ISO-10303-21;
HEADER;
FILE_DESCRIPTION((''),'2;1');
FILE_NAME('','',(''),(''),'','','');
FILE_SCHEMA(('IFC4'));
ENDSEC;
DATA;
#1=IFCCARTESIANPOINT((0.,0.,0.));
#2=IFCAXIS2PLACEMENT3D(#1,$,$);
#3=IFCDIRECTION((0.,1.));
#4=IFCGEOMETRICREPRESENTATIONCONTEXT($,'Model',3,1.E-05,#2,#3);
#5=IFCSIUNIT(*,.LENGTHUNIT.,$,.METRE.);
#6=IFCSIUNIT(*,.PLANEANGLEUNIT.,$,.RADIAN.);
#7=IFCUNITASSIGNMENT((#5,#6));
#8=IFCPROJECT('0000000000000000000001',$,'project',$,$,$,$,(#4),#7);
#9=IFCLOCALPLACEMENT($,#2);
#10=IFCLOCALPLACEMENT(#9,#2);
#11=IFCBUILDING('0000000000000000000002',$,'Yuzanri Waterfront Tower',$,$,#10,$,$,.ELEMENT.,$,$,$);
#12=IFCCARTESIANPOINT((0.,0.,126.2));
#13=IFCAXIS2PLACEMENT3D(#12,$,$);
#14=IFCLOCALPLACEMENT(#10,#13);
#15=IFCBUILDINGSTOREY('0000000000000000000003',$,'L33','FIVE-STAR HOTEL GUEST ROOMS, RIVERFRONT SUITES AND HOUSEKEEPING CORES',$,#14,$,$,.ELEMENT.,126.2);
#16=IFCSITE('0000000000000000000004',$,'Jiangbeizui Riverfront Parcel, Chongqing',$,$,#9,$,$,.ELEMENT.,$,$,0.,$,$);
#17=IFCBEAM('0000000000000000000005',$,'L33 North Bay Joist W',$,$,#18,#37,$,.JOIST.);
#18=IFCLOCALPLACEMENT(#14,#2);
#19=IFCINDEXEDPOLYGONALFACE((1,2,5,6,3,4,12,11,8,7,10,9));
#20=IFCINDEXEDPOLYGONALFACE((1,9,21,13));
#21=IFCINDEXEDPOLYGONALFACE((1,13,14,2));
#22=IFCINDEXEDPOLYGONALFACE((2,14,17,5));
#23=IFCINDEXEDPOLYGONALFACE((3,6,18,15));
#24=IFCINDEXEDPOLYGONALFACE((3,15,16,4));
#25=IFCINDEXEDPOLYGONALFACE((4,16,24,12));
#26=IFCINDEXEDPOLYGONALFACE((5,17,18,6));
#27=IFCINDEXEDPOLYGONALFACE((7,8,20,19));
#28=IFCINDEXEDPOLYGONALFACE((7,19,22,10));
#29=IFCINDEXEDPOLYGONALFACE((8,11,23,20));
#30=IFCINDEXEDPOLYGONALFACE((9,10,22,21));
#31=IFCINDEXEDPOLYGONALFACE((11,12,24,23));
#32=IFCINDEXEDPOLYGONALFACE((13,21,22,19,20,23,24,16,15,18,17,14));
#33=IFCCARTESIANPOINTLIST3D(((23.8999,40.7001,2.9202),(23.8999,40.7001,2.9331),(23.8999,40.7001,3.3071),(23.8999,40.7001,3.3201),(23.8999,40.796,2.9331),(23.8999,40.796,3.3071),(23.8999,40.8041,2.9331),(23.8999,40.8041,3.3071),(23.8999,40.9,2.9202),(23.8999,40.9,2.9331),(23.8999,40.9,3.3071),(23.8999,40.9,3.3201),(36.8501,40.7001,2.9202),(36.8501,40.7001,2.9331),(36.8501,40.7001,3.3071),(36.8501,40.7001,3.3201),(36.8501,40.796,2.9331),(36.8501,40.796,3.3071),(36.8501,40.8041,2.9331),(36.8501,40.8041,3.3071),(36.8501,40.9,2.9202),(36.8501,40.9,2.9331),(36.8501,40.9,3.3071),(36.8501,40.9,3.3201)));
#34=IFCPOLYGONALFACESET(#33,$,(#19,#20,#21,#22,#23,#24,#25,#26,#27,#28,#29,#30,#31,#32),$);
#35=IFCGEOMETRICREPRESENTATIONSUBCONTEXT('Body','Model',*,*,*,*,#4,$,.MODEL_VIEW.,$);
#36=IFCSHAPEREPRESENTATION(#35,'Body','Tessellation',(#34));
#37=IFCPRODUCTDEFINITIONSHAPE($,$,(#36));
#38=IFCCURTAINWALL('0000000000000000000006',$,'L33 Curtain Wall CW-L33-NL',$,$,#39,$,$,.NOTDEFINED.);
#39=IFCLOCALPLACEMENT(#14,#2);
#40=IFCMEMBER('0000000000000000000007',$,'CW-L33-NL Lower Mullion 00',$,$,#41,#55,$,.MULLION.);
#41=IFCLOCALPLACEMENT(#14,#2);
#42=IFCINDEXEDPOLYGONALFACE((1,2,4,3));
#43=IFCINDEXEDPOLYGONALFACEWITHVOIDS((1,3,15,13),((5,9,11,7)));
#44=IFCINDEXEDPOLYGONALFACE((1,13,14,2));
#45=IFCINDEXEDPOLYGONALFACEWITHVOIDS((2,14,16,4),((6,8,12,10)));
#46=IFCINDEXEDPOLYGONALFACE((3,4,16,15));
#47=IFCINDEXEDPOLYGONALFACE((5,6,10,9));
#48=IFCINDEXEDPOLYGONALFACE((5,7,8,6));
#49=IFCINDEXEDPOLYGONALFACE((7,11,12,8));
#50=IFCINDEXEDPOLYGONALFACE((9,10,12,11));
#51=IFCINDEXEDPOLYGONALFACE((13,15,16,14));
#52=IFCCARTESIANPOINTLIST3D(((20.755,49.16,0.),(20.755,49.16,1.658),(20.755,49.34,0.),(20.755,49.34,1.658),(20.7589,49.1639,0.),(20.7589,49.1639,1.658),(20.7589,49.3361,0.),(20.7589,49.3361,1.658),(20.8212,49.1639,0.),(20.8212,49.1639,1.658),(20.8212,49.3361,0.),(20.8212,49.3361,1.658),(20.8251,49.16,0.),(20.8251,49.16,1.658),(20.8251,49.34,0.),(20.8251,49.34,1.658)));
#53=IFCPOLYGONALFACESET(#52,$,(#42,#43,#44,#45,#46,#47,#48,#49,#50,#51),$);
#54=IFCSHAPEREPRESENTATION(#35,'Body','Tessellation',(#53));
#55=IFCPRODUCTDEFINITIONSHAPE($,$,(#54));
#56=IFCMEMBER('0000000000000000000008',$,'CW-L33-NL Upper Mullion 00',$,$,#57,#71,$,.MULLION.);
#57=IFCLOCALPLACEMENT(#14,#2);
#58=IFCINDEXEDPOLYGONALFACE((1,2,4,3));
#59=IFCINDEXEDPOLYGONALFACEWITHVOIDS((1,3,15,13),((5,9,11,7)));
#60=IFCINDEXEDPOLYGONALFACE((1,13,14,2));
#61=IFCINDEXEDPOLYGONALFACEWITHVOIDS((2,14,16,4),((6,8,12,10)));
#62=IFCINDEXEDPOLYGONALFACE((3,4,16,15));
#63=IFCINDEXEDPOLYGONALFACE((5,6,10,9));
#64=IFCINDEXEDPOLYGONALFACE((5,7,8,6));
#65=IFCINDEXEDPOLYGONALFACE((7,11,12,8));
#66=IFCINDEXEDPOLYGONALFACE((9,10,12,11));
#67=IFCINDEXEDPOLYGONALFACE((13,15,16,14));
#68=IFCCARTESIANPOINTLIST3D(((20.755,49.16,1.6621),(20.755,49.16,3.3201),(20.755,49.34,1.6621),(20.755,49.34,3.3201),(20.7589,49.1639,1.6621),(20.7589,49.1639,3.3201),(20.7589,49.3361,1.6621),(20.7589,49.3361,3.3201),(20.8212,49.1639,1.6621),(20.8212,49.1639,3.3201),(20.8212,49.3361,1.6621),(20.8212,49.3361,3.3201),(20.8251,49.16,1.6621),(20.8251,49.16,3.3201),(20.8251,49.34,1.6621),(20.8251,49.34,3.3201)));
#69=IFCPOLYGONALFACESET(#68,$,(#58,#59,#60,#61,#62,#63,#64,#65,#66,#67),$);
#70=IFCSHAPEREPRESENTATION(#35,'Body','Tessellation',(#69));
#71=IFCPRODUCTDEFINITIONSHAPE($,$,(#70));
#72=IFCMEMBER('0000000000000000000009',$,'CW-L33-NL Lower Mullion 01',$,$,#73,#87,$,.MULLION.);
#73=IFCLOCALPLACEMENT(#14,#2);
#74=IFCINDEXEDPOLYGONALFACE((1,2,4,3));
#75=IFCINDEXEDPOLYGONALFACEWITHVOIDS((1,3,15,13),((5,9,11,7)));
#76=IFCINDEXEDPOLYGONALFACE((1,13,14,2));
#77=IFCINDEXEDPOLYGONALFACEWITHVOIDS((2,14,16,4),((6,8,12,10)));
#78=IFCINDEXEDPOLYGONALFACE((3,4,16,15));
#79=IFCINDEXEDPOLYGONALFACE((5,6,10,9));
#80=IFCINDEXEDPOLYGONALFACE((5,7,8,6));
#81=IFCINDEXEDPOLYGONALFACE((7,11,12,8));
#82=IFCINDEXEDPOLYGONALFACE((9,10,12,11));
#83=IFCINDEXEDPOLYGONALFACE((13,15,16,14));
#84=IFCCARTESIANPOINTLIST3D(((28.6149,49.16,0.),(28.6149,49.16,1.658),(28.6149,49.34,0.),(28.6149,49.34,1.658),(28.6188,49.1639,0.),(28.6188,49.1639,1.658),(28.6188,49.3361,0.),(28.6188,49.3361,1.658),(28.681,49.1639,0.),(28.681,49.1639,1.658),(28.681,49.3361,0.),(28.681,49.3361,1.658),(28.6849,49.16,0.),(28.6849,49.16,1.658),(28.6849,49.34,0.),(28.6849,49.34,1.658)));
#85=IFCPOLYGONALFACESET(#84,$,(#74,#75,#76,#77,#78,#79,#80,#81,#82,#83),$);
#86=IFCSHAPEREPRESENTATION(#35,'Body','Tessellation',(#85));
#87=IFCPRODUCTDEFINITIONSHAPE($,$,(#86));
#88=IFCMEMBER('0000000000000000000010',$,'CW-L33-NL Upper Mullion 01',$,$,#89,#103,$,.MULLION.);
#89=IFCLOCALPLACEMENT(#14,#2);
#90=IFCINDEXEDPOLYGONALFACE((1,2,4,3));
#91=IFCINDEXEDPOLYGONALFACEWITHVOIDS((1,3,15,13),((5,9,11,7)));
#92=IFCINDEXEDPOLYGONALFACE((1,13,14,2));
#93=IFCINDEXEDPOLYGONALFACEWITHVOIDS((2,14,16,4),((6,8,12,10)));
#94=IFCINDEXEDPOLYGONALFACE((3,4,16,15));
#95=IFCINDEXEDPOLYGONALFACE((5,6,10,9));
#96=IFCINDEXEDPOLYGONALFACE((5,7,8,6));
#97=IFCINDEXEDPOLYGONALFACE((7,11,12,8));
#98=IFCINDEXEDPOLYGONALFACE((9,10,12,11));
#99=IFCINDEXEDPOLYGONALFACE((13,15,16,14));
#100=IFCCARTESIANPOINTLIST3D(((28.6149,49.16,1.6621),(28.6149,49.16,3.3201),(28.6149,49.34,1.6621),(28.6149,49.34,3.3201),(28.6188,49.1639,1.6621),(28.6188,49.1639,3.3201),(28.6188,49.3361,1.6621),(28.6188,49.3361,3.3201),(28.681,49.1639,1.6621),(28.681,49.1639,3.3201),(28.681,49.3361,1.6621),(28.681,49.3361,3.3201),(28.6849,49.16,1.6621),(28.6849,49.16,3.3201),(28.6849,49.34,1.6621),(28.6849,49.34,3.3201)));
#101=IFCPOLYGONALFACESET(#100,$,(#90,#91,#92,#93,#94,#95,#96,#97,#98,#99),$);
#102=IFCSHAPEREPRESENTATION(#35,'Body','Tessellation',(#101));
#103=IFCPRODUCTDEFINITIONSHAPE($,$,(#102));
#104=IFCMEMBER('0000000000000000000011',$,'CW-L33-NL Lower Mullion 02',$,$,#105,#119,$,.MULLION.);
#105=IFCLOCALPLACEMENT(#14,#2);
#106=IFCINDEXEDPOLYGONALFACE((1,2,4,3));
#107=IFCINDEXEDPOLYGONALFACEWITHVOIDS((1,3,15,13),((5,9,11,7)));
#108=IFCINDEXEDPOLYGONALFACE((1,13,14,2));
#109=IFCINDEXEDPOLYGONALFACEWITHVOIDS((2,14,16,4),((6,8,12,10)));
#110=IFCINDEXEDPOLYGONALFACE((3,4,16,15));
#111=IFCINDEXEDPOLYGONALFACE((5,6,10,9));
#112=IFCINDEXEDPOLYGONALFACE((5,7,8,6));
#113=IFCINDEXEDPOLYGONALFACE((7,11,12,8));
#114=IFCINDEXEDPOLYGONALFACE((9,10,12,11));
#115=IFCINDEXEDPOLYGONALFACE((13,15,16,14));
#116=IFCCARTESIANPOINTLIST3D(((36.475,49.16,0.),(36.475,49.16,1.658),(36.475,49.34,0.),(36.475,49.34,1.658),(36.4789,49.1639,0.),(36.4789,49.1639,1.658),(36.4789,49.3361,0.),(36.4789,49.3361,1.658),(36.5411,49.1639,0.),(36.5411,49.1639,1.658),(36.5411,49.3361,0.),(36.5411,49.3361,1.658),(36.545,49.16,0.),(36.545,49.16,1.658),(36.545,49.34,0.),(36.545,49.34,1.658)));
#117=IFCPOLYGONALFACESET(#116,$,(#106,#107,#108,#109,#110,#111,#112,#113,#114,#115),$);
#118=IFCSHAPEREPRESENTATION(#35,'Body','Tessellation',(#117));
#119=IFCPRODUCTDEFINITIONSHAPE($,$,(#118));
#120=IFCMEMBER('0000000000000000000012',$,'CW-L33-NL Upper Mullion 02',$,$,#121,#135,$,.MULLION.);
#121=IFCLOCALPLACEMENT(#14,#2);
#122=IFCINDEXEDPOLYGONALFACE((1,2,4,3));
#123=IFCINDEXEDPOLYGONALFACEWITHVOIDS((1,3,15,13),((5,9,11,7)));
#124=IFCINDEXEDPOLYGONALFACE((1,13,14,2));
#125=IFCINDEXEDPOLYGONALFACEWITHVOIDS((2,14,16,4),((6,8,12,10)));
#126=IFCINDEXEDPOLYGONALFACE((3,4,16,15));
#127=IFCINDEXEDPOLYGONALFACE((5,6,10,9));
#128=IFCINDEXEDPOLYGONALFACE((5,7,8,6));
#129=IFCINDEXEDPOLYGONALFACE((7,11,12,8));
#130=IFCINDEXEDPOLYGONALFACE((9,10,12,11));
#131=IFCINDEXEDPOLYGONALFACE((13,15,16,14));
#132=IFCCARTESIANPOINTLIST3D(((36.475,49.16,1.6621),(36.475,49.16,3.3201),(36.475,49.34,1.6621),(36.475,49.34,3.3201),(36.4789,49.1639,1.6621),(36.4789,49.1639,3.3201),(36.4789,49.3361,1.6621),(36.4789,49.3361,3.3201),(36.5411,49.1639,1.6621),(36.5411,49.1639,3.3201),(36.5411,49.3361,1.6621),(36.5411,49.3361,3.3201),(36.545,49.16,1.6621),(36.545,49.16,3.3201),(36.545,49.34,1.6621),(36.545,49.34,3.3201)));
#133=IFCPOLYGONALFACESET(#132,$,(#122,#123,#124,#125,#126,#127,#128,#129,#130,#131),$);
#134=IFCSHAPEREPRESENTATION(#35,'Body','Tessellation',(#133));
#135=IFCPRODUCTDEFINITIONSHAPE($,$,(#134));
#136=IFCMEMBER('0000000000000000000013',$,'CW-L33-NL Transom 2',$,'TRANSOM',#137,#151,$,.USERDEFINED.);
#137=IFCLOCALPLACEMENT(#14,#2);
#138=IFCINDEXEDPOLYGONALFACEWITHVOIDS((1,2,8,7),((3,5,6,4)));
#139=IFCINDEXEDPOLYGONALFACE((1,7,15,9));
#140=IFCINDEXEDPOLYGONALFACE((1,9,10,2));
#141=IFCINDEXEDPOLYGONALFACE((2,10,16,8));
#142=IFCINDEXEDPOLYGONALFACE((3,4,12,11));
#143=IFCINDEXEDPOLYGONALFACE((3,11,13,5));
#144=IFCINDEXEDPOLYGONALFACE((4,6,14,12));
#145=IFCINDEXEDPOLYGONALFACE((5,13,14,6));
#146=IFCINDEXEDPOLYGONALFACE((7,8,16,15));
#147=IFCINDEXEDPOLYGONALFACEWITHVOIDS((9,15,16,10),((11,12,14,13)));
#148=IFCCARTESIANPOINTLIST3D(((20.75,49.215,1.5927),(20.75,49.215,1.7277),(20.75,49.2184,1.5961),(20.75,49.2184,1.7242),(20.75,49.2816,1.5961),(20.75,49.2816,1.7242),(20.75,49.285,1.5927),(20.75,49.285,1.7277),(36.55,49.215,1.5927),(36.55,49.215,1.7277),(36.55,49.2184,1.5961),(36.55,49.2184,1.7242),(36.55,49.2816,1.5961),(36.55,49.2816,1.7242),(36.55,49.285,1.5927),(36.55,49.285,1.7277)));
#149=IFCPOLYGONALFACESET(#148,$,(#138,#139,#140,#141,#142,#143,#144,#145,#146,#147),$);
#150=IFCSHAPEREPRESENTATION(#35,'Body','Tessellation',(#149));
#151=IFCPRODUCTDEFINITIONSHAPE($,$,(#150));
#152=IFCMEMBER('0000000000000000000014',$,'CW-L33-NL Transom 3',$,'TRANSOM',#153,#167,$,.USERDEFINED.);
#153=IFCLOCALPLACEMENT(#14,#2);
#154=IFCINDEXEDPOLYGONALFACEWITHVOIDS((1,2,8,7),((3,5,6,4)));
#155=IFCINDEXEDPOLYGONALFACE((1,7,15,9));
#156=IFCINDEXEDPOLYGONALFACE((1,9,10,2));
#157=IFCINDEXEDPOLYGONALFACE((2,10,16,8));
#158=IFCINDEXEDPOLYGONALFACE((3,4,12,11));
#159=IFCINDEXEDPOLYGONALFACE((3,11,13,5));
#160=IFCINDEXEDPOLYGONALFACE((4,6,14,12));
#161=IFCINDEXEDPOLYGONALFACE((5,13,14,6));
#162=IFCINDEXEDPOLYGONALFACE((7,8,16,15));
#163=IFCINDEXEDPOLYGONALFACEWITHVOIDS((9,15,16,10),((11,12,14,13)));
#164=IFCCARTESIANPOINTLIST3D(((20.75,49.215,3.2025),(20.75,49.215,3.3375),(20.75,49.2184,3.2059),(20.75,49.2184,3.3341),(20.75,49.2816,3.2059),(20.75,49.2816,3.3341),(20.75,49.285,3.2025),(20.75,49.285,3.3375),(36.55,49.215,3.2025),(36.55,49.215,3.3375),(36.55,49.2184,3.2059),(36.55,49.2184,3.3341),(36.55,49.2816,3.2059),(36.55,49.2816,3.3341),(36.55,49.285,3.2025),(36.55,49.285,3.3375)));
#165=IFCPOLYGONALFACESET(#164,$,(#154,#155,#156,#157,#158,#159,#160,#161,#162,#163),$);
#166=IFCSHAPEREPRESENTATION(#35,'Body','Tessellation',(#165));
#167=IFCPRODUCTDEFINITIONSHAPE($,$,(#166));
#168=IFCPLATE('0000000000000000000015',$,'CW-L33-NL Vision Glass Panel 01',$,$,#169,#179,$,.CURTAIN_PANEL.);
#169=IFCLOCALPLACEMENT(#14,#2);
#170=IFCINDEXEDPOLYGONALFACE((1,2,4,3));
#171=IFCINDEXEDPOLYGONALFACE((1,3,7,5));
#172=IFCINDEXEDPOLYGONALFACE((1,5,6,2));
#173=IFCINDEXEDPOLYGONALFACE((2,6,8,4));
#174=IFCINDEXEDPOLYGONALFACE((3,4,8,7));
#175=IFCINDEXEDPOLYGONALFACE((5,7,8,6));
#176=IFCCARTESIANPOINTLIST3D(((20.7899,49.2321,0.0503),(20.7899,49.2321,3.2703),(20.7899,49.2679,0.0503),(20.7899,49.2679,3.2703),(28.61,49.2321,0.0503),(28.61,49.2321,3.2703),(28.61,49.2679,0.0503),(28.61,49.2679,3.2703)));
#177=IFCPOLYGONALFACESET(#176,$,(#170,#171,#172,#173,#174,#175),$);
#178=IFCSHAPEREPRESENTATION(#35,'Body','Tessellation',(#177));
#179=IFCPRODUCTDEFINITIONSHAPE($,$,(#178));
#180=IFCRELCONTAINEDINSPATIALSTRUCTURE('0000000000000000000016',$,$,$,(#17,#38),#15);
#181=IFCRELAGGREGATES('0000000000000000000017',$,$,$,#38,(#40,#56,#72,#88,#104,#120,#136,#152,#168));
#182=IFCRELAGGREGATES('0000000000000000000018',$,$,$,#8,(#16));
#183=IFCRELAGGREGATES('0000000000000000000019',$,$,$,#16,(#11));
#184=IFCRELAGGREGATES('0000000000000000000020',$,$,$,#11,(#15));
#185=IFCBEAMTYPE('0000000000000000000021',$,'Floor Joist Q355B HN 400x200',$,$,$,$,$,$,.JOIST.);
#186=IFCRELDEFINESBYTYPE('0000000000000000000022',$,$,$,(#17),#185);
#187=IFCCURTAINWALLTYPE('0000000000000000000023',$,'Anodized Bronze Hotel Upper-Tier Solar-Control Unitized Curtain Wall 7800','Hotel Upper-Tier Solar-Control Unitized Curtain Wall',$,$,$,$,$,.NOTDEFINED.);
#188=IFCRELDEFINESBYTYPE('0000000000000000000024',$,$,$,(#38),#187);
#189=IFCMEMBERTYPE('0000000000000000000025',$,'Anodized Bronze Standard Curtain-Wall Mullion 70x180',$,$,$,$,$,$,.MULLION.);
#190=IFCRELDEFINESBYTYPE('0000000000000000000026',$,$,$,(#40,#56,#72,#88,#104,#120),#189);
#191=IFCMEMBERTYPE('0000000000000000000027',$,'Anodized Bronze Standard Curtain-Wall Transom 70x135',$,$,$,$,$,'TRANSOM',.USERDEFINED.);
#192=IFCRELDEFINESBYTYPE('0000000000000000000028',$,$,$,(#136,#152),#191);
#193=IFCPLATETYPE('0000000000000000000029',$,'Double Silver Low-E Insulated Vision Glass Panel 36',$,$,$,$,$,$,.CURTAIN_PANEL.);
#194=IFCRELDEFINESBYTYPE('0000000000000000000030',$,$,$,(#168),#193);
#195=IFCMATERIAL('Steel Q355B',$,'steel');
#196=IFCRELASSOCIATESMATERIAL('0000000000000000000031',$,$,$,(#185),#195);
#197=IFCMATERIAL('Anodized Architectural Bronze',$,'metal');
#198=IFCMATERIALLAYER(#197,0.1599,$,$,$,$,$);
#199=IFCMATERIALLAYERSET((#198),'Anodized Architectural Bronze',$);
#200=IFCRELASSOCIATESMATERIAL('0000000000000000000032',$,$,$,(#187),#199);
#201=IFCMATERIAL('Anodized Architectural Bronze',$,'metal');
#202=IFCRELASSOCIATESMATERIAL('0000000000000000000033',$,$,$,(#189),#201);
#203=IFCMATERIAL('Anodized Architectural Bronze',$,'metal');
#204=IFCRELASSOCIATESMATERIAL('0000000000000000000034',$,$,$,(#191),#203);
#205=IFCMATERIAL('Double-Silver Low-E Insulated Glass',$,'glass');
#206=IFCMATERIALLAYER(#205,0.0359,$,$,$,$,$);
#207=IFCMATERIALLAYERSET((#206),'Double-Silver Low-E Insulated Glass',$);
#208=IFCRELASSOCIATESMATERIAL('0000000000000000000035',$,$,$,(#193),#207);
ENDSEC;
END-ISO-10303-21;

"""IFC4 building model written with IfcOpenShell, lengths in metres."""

from ifc_helpers import new_model, si_unit, direction, frame, origin, origin_2d, place, context, subcontext, project, spatial, rectangle, hollow_rectangle, i_section, extrude, source, transform, mapped, material, layer, layer_set, material_profile, profile_set, type_object, element, aggregate, save


model = new_model("IFC4")

# Units and contexts
model_context = context("Model", 3, precision=1e-05, world=origin(), true_north=direction((0.0, 1.0)))
body_context = subcontext(model_context, "Body", "Model", "MODEL_VIEW")
ifc_project = project(units=[si_unit("LENGTHUNIT", "METRE"), si_unit("PLANEANGLEUNIT", "RADIAN")], contexts=[model_context])

# Site, building, storey
site_placement = place(None, origin())
site = spatial("IfcSite", under=ifc_project, at=site_placement, Name="Jiangbeizui Riverfront Parcel, Chongqing", CompositionType="ELEMENT", RefElevation=0.0)
building_placement = place(site_placement, origin())
building = spatial("IfcBuilding", under=site, at=building_placement, Name="Yuzanri Waterfront Tower", CompositionType="ELEMENT")
storey_placement = place(building_placement, frame((0.0, 0.0, 126.2)))
storey = spatial("IfcBuildingStorey", under=building, at=storey_placement, Name="L33", Description="FIVE-STAR HOTEL GUEST ROOMS, RIVERFRONT SUITES AND HOUSEKEEPING CORES", CompositionType="ELEMENT", Elevation=126.2)

# Beam
ifc_material_1 = material(Name="Steel Q355B", Category="steel")
ifc_material_profile_1 = material_profile(ifc_material_1, i_section(OverallWidth=0.2, OverallDepth=0.3999, WebThickness=0.0081, FlangeThickness=0.0129, at=origin_2d()), Name="HN 400x200x8x13")
ifc_profile_set_1 = profile_set([ifc_material_profile_1], Name="Steel Q355B")
beam_type = type_object("IfcBeamType", Name="Floor Joist Q355B HN 400x200", PredefinedType="JOIST", material=ifc_profile_set_1)
shared_shape_1 = source(origin(), body_context, "Body", "SweptSolid", [
    extrude(i_section(OverallWidth=0.2, OverallDepth=0.3999, WebThickness=0.0081, FlangeThickness=0.0129, at=origin_2d()), origin(), (0.0, 0.0, 1.0), 12.9502),
])
beam_placement = place(storey_placement, frame((23.8999, 40.8, 3.1201), z_axis=(1.0, 0.0, 0.0), x_axis=(0.0, 1.0, 0.0)))
element("IfcBeam", 1, at=beam_placement, inside=storey, type_object=beam_type, Name="L33 North Bay Joist W", PredefinedType="JOIST", context=body_context, shape_type="MappedRepresentation", body=[
    mapped(shared_shape_1, transform((0.0, 0.0, 0.0), scale=1.0)),
])

# Curtain wall, members, plate
ifc_material_2 = material(Name="Anodized Architectural Bronze", Category="metal")
ifc_layer_1 = layer(ifc_material_2, 0.1599)
ifc_layer_set_1 = layer_set([ifc_layer_1], Name="Anodized Architectural Bronze")
curtain_wall_type = type_object("IfcCurtainWallType", Name="Anodized Bronze Hotel Upper-Tier Solar-Control Unitized Curtain Wall 7800", Description="Hotel Upper-Tier Solar-Control Unitized Curtain Wall", PredefinedType="NOTDEFINED", material=ifc_layer_set_1)
curtain_wall_placement = place(storey_placement, origin())
curtain_wall = element("IfcCurtainWall", 2, at=curtain_wall_placement, inside=storey, type_object=curtain_wall_type, Name="L33 Curtain Wall CW-L33-NL", PredefinedType="NOTDEFINED")
ifc_material_3 = material(Name="Anodized Architectural Bronze", Category="metal")
ifc_material_profile_2 = material_profile(ifc_material_3, hollow_rectangle(XDim=0.0701, YDim=0.1799, WallThickness=0.0039, at=origin_2d()), Name="CWM 70x180")
ifc_profile_set_2 = profile_set([ifc_material_profile_2], Name="Anodized Architectural Bronze")
member_type_1 = type_object("IfcMemberType", Name="Anodized Bronze Standard Curtain-Wall Mullion 70x180", PredefinedType="MULLION", material=ifc_profile_set_2)
shared_shape_2 = source(origin(), body_context, "Body", "SweptSolid", [
    extrude(hollow_rectangle(XDim=0.0701, YDim=0.1799, WallThickness=0.0039, at=origin_2d()), origin(), (0.0, 0.0, 1.0), 1.658),
])
member_1_placement = place(storey_placement, frame((20.79, 49.25, 0.0), z_axis=(0.0, 0.0, 1.0), x_axis=(1.0, 0.0, 0.0)))
member_1 = element("IfcMember", 3, at=member_1_placement, type_object=member_type_1, Name="CW-L33-NL Lower Mullion 00", PredefinedType="MULLION", context=body_context, shape_type="MappedRepresentation", body=[
    mapped(shared_shape_2, transform((0.0, 0.0, 0.0), scale=1.0)),
])
member_2_placement = place(storey_placement, frame((20.79, 49.25, 1.6621), z_axis=(0.0, 0.0, 1.0), x_axis=(1.0, 0.0, 0.0)))
member_2 = element("IfcMember", 4, at=member_2_placement, type_object=member_type_1, Name="CW-L33-NL Upper Mullion 00", PredefinedType="MULLION", context=body_context, shape_type="MappedRepresentation", body=[
    mapped(shared_shape_2, transform((0.0, 0.0, 0.0), scale=1.0)),
])
member_3_placement = place(storey_placement, frame((28.6499, 49.25, 0.0), z_axis=(0.0, 0.0, 1.0), x_axis=(1.0, 0.0, 0.0)))
member_3 = element("IfcMember", 5, at=member_3_placement, type_object=member_type_1, Name="CW-L33-NL Lower Mullion 01", PredefinedType="MULLION", context=body_context, shape_type="MappedRepresentation", body=[
    mapped(shared_shape_2, transform((0.0, 0.0, 0.0), scale=1.0)),
])
member_4_placement = place(storey_placement, frame((28.6499, 49.25, 1.6621), z_axis=(0.0, 0.0, 1.0), x_axis=(1.0, 0.0, 0.0)))
member_4 = element("IfcMember", 6, at=member_4_placement, type_object=member_type_1, Name="CW-L33-NL Upper Mullion 01", PredefinedType="MULLION", context=body_context, shape_type="MappedRepresentation", body=[
    mapped(shared_shape_2, transform((0.0, 0.0, 0.0), scale=1.0)),
])
member_5_placement = place(storey_placement, frame((36.51, 49.25, 0.0), z_axis=(0.0, 0.0, 1.0), x_axis=(1.0, 0.0, 0.0)))
member_5 = element("IfcMember", 7, at=member_5_placement, type_object=member_type_1, Name="CW-L33-NL Lower Mullion 02", PredefinedType="MULLION", context=body_context, shape_type="MappedRepresentation", body=[
    mapped(shared_shape_2, transform((0.0, 0.0, 0.0), scale=1.0)),
])
member_6_placement = place(storey_placement, frame((36.51, 49.25, 1.6621), z_axis=(0.0, 0.0, 1.0), x_axis=(1.0, 0.0, 0.0)))
member_6 = element("IfcMember", 8, at=member_6_placement, type_object=member_type_1, Name="CW-L33-NL Upper Mullion 02", PredefinedType="MULLION", context=body_context, shape_type="MappedRepresentation", body=[
    mapped(shared_shape_2, transform((0.0, 0.0, 0.0), scale=1.0)),
])
ifc_material_4 = material(Name="Anodized Architectural Bronze", Category="metal")
ifc_material_profile_3 = material_profile(ifc_material_4, hollow_rectangle(XDim=0.0701, YDim=0.135, WallThickness=0.0034, at=origin_2d()), Name="CWT 70x135")
ifc_profile_set_3 = profile_set([ifc_material_profile_3], Name="Anodized Architectural Bronze")
member_type_2 = type_object("IfcMemberType", Name="Anodized Bronze Standard Curtain-Wall Transom 70x135", ElementType="TRANSOM", PredefinedType="USERDEFINED", material=ifc_profile_set_3)
shared_shape_3 = source(origin(), body_context, "Body", "SweptSolid", [
    extrude(hollow_rectangle(XDim=0.0701, YDim=0.135, WallThickness=0.0034, at=origin_2d()), origin(), (0.0, 0.0, 1.0), 15.8),
])
member_7_placement = place(storey_placement, frame((20.75, 49.25, 1.6602), z_axis=(1.0, 0.0, 0.0), x_axis=(0.0, 1.0, 0.0)))
member_7 = element("IfcMember", 9, at=member_7_placement, type_object=member_type_2, Name="CW-L33-NL Transom 2", ObjectType="TRANSOM", PredefinedType="USERDEFINED", context=body_context, shape_type="MappedRepresentation", body=[
    mapped(shared_shape_3, transform((0.0, 0.0, 0.0), scale=1.0)),
])
member_8_placement = place(storey_placement, frame((20.75, 49.25, 3.27), z_axis=(1.0, 0.0, 0.0), x_axis=(0.0, 1.0, 0.0)))
member_8 = element("IfcMember", 10, at=member_8_placement, type_object=member_type_2, Name="CW-L33-NL Transom 3", ObjectType="TRANSOM", PredefinedType="USERDEFINED", context=body_context, shape_type="MappedRepresentation", body=[
    mapped(shared_shape_3, transform((0.0, 0.0, 0.0), scale=1.0)),
])
ifc_material_5 = material(Name="Double-Silver Low-E Insulated Glass", Category="glass")
ifc_layer_2 = layer(ifc_material_5, 0.0359)
ifc_layer_set_2 = layer_set([ifc_layer_2], Name="Double-Silver Low-E Insulated Glass")
plate_type = type_object("IfcPlateType", Name="Double Silver Low-E Insulated Vision Glass Panel 36", PredefinedType="CURTAIN_PANEL", material=ifc_layer_set_2)
shared_shape_4 = source(origin(), body_context, "Body", "SweptSolid", [
    extrude(rectangle(XDim=7.8201, YDim=0.0359, at=origin_2d()), origin(), (0.0, 0.0, 1.0), 3.22),
])
plate_1_placement = place(storey_placement, frame((24.7, 49.25, 0.0503), z_axis=(0.0, 0.0, 1.0), x_axis=(1.0, 0.0, 0.0)))
plate_1 = element("IfcPlate", 11, at=plate_1_placement, type_object=plate_type, Name="CW-L33-NL Vision Glass Panel 01", PredefinedType="CURTAIN_PANEL", context=body_context, shape_type="MappedRepresentation", body=[
    mapped(shared_shape_4, transform((0.0, 0.0, 0.0), scale=1.0)),
])
aggregate(curtain_wall, [member_1, member_2, member_3, member_4, member_5, member_6, member_7, member_8, plate_1])

save(model, "model.ifc")
